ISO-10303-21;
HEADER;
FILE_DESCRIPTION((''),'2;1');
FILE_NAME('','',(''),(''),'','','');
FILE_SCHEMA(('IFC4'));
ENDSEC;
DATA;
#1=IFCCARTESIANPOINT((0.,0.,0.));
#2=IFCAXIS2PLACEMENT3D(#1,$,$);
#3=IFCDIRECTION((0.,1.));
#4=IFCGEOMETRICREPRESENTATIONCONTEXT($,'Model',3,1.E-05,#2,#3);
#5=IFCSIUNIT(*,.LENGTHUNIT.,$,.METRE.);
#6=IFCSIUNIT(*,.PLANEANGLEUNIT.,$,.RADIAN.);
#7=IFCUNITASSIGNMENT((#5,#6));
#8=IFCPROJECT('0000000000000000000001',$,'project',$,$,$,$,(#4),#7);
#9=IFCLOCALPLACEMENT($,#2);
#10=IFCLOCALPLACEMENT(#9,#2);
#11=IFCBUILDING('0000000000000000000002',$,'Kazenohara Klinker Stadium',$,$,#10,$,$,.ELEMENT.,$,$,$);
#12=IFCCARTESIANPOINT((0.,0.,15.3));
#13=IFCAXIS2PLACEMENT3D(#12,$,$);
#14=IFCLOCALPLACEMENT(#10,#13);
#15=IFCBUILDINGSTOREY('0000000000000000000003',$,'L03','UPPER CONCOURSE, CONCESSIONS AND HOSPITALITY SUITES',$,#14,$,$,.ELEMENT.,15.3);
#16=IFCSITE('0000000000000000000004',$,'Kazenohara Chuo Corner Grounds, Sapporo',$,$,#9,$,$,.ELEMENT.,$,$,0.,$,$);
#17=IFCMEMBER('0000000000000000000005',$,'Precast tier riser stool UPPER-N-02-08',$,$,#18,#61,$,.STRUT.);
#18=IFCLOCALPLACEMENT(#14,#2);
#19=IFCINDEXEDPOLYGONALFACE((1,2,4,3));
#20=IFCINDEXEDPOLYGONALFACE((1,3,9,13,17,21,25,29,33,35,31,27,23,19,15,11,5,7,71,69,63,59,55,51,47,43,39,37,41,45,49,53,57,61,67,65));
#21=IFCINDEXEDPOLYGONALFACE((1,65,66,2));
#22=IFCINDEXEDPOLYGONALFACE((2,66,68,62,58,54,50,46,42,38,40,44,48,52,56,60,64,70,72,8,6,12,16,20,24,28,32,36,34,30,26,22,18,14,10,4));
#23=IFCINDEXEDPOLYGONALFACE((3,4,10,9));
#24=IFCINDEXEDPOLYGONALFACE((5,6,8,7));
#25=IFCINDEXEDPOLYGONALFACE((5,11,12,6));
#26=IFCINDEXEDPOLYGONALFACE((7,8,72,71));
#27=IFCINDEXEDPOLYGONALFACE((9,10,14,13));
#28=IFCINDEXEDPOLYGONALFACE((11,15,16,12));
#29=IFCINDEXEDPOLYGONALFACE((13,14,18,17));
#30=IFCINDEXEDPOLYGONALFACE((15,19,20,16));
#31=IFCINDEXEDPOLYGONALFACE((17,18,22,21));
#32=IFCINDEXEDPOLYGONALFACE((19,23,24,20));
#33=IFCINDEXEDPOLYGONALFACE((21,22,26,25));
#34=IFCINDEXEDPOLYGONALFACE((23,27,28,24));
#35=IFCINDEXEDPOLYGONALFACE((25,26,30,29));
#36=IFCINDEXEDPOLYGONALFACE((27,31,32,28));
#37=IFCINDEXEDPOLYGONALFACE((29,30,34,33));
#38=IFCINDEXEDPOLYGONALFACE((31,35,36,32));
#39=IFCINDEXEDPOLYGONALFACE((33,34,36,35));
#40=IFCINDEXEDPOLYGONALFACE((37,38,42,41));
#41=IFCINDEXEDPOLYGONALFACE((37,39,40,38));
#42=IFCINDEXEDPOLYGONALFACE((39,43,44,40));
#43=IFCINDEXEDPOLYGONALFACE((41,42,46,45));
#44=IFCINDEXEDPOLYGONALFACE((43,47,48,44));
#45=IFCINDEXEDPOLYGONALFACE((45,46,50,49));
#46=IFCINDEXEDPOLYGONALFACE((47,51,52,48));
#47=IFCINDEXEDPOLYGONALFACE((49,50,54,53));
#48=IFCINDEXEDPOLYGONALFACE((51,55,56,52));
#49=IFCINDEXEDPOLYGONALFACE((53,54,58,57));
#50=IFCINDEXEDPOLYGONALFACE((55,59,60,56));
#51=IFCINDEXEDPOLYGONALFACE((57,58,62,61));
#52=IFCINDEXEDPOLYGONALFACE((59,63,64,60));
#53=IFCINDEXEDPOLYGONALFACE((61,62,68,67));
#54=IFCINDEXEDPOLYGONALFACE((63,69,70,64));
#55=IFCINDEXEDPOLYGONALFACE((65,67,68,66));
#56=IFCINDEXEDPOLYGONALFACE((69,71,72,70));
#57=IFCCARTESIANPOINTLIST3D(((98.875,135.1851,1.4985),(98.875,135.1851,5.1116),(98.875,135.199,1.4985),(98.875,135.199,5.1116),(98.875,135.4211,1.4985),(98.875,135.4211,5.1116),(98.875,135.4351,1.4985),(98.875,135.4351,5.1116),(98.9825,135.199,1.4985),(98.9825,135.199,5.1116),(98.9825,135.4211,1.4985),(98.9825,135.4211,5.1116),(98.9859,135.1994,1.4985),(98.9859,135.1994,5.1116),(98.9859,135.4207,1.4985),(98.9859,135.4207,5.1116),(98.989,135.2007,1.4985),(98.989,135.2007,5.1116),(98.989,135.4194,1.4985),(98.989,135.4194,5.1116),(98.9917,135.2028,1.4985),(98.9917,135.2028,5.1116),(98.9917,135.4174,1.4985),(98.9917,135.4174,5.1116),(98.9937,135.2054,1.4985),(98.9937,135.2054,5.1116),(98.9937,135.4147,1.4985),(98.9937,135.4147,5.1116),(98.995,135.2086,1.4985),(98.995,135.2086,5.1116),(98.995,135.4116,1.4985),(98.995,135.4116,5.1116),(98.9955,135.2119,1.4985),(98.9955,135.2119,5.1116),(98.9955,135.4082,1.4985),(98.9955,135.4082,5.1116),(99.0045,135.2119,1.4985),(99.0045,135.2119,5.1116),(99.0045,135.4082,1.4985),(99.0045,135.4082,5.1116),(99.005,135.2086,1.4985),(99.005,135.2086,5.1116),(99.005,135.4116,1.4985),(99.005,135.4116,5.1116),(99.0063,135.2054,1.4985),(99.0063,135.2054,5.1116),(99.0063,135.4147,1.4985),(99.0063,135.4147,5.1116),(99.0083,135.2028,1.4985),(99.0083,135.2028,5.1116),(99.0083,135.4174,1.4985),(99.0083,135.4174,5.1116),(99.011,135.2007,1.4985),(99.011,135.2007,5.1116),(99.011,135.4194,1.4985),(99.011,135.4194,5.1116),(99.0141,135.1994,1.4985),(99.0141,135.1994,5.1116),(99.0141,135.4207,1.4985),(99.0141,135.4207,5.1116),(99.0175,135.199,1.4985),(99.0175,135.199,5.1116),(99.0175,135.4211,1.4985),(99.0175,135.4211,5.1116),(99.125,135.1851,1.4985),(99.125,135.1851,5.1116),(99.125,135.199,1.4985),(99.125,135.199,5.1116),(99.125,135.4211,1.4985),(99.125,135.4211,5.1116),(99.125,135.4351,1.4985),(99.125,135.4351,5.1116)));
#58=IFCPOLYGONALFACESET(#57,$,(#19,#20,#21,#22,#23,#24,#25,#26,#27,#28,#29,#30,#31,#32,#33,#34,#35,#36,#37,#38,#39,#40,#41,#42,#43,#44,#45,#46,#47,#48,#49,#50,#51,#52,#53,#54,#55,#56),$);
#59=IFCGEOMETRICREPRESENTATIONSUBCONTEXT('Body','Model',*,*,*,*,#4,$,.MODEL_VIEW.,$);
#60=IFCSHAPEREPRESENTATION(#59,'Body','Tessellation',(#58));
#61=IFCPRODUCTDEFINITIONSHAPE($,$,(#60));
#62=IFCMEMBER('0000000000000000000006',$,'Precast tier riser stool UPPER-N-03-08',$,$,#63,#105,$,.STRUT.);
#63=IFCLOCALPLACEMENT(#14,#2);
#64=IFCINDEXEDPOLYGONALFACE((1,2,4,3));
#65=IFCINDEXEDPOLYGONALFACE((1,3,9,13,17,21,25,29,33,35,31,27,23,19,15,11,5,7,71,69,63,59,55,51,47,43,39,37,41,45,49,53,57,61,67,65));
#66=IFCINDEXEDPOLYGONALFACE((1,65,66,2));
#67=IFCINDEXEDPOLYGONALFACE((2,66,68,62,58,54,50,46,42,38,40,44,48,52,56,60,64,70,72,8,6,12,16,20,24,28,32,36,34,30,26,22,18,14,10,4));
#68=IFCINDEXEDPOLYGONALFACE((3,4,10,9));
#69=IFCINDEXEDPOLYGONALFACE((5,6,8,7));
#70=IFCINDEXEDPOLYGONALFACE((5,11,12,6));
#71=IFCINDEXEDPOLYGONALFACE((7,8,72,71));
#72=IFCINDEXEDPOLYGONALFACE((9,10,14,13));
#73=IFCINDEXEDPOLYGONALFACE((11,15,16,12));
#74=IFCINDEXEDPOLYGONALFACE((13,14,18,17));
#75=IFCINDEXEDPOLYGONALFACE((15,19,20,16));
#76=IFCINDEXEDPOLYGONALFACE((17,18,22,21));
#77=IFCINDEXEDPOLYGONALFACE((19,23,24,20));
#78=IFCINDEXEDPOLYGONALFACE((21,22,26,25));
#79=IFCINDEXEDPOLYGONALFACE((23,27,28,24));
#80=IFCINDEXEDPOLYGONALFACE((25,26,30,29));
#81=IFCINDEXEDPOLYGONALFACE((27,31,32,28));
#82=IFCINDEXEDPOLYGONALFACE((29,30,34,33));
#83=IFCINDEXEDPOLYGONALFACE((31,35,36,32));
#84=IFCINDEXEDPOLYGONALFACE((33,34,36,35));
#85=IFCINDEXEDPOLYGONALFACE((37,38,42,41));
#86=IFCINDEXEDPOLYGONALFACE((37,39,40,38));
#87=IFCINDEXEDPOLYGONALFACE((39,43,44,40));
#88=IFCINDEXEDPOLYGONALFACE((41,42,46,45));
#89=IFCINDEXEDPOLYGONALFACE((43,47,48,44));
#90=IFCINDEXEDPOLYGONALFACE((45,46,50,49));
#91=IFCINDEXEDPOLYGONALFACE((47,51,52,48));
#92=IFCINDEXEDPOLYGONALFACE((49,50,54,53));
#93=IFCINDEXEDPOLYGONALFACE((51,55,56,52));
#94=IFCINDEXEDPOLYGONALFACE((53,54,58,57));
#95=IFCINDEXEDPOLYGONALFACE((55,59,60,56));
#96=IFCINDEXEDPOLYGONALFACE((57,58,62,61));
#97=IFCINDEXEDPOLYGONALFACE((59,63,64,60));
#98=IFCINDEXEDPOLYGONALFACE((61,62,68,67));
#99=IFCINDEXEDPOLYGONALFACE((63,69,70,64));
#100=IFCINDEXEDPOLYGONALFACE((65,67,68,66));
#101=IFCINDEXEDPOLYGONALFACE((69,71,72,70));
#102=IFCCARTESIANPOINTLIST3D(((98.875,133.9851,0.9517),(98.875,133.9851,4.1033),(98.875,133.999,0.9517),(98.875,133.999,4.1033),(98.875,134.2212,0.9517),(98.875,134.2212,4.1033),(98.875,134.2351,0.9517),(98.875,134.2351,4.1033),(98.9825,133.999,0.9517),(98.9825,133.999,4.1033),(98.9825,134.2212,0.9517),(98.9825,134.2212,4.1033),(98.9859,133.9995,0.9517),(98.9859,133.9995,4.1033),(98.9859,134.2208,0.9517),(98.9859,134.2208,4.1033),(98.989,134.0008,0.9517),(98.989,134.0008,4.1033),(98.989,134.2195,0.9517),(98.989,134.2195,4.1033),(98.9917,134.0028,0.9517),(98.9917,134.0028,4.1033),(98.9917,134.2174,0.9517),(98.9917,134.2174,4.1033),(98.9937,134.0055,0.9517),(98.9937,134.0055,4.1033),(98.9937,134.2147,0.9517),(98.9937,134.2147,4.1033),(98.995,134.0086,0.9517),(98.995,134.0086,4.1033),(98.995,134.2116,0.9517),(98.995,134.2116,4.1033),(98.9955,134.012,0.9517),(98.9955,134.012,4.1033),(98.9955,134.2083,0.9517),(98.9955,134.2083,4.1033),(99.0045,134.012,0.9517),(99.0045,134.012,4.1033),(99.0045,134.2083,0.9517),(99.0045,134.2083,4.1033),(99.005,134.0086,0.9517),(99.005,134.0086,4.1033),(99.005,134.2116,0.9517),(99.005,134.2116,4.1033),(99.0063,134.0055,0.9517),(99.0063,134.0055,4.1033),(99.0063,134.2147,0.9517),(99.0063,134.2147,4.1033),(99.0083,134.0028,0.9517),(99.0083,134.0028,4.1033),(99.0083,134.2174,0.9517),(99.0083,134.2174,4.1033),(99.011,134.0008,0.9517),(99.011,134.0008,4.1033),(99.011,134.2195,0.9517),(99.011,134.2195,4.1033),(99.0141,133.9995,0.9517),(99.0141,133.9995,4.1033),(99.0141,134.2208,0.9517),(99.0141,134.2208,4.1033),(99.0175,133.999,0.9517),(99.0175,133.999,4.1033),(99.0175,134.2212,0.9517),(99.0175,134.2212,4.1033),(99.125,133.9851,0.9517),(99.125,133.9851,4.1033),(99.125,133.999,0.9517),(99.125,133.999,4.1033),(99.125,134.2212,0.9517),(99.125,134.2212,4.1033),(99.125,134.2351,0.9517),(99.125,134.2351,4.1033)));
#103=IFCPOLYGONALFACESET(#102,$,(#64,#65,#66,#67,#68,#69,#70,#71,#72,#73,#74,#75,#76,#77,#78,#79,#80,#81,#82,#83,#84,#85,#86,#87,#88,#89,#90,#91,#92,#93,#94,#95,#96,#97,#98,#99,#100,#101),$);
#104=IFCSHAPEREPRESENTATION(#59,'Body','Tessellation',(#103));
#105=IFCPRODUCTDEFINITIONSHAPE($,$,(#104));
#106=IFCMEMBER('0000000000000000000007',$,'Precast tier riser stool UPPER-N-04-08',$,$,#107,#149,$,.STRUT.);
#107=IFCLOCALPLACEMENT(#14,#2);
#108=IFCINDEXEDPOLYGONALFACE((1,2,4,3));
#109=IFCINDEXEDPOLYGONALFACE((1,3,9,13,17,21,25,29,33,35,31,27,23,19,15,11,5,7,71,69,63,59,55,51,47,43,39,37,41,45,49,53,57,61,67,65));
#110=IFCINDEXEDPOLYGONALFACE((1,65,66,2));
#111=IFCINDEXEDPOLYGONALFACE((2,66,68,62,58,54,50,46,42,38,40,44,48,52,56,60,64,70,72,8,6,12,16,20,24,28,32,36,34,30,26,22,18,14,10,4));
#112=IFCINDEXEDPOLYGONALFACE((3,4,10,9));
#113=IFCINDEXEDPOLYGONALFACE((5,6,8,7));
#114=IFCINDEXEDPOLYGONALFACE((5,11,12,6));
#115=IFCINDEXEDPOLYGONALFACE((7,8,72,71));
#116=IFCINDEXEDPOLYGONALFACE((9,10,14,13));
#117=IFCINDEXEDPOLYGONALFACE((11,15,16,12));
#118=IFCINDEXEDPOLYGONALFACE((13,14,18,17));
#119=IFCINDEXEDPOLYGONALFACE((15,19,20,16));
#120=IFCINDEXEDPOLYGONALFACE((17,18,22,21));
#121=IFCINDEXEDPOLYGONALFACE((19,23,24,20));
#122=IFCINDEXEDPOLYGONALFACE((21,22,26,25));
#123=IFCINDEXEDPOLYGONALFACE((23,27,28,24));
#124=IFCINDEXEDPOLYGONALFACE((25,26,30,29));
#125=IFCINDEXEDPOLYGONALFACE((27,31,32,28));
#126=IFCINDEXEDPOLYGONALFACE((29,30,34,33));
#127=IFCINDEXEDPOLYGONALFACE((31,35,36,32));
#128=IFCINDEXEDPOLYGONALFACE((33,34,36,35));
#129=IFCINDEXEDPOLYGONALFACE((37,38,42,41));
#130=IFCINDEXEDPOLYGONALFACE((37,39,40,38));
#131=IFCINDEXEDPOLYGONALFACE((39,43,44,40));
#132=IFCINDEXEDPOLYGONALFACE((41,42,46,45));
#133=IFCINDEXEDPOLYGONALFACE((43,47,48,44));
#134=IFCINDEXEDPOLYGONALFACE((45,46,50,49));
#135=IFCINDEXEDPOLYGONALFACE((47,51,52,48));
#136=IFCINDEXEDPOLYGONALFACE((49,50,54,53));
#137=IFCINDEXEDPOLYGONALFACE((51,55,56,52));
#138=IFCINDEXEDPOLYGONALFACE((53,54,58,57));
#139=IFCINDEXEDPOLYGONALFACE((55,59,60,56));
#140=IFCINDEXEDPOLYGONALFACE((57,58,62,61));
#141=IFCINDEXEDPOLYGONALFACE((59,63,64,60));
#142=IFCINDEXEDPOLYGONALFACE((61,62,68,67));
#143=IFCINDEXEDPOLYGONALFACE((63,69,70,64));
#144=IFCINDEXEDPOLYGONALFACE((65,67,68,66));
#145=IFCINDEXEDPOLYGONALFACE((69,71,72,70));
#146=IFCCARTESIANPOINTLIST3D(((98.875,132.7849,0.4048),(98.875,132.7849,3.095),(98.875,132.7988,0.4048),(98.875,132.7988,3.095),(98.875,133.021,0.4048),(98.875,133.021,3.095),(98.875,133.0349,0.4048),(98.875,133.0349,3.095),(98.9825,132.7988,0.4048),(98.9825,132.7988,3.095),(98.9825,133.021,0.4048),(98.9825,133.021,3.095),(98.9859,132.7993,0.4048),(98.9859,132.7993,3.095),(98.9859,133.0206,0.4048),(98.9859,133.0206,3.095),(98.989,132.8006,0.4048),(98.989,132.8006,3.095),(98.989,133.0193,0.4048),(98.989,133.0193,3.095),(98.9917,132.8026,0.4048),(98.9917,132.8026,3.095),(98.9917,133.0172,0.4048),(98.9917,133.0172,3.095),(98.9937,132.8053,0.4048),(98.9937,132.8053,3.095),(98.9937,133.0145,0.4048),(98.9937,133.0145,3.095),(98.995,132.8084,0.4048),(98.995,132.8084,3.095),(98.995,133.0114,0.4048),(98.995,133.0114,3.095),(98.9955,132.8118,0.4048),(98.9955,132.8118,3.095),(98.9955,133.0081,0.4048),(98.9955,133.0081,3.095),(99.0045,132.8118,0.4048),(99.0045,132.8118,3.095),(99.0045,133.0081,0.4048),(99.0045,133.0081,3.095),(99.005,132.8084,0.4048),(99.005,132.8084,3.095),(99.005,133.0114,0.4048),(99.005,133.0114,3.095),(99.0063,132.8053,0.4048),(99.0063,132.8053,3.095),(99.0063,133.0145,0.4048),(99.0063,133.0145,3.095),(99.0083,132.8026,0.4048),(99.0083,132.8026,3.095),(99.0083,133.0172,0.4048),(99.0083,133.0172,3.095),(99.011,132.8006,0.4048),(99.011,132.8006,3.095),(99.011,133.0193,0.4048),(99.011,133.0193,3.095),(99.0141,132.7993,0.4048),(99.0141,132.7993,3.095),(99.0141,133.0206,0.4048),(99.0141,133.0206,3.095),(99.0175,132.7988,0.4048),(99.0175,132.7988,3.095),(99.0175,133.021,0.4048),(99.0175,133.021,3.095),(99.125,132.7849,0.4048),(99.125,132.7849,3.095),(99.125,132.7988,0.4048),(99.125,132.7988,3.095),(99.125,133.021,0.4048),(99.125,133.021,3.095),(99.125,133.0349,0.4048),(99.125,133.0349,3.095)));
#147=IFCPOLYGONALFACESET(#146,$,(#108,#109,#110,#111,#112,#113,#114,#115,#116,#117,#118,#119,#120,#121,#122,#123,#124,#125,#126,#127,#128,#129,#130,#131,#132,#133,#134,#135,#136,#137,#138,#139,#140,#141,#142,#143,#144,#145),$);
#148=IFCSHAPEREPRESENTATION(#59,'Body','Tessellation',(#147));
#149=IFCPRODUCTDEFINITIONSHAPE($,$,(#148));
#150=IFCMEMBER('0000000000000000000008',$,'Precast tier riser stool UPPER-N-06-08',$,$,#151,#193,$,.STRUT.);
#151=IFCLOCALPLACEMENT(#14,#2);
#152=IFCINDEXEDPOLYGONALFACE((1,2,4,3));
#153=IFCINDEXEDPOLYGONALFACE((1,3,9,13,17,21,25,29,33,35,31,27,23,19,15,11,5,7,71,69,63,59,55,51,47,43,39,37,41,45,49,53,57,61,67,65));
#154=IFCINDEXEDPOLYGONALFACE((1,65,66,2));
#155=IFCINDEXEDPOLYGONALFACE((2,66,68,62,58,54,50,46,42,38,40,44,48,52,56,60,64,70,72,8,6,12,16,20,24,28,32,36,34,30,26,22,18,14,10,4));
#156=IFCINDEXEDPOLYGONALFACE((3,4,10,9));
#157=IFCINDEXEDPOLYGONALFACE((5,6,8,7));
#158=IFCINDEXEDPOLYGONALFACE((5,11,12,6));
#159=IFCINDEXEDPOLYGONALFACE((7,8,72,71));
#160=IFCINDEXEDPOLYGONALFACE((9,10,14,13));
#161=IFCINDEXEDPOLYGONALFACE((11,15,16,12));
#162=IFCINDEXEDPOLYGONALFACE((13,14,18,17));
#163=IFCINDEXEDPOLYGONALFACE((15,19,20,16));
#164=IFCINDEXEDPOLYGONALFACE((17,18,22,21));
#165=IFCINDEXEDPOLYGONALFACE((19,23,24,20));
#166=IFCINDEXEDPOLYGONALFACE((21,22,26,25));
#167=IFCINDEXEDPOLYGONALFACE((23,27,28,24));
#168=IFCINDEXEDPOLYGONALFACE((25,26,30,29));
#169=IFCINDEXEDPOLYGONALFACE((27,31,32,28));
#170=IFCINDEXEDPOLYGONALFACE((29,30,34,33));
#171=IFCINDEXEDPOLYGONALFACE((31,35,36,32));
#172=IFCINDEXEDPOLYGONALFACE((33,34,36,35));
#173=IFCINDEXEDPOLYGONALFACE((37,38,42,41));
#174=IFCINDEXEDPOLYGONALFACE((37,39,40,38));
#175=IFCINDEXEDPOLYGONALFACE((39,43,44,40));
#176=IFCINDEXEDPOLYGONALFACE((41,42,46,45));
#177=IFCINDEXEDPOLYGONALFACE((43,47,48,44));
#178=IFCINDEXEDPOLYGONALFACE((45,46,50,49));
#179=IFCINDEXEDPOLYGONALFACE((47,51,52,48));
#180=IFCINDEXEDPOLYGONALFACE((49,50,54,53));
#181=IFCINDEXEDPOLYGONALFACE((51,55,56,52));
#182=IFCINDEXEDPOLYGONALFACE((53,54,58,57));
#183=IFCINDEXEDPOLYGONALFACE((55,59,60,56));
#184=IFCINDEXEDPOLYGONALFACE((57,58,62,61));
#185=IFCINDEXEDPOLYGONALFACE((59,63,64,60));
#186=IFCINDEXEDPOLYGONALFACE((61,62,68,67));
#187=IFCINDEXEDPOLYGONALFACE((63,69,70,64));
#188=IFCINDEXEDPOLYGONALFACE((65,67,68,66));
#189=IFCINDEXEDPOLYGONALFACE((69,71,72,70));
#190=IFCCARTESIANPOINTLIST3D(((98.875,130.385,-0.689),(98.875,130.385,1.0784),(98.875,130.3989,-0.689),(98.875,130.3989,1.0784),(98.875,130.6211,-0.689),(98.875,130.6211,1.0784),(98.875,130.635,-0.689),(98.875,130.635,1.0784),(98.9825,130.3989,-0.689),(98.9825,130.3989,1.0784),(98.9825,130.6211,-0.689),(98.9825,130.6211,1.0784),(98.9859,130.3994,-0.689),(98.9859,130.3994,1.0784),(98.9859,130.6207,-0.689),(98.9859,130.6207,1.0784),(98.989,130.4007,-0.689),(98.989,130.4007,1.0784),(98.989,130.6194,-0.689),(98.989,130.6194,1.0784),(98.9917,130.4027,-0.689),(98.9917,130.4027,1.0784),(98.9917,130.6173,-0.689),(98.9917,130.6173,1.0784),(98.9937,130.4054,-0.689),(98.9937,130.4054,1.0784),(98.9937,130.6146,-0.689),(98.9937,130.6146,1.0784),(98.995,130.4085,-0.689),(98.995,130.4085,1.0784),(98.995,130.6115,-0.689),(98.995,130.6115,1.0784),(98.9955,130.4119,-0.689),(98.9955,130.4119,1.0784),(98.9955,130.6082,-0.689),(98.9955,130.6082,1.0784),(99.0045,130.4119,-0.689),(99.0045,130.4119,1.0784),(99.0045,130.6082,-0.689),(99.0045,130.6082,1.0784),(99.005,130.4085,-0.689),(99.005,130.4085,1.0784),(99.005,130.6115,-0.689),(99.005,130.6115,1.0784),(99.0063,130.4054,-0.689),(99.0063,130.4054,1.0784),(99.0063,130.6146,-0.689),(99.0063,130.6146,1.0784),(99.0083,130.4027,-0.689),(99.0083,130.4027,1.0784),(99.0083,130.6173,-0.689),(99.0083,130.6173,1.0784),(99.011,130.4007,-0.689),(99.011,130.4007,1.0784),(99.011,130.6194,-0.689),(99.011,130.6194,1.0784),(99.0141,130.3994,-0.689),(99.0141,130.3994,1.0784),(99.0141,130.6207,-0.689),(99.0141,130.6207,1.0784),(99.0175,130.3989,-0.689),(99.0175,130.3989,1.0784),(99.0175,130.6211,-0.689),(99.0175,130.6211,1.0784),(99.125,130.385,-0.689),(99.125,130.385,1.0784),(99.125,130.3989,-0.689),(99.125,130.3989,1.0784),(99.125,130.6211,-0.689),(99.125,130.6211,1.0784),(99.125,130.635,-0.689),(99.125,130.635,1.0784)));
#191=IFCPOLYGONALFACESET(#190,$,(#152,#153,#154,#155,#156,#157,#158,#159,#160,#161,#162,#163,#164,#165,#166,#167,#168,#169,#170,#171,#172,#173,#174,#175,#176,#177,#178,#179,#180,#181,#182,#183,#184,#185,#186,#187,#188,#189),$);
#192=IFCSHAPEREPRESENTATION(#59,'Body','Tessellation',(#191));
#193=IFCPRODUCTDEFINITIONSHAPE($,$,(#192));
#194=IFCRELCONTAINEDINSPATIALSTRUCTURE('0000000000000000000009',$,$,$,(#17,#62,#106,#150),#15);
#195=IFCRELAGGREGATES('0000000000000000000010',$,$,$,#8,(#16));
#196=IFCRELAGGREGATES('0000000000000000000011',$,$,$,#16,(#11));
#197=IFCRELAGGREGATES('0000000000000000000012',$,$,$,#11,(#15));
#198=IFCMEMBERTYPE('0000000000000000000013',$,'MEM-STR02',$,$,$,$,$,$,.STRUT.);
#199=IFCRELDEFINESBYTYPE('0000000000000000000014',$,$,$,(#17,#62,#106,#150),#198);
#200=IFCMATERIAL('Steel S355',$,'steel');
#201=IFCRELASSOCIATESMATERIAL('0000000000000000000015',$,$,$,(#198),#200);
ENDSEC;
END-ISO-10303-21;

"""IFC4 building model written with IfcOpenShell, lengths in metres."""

from ifc_helpers import new_model, si_unit, direction, frame, origin, origin_2d, place, context, subcontext, project, spatial, i_section, extrude, material, material_profile, profile_set, type_object, element, save


model = new_model("IFC4")

# Units and contexts
model_context = context("Model", 3, precision=1e-05, world=origin(), true_north=direction((0.0, 1.0)))
body_context = subcontext(model_context, "Body", "Model", "MODEL_VIEW")
ifc_project = project(units=[si_unit("LENGTHUNIT", "METRE"), si_unit("PLANEANGLEUNIT", "RADIAN")], contexts=[model_context])

# Site, building, storey
site_placement = place(None, origin())
site = spatial("IfcSite", under=ifc_project, at=site_placement, Name="Kazenohara Chuo Corner Grounds, Sapporo", CompositionType="ELEMENT", RefElevation=0.0)
building_placement = place(site_placement, origin())
building = spatial("IfcBuilding", under=site, at=building_placement, Name="Kazenohara Klinker Stadium", CompositionType="ELEMENT")
storey_placement = place(building_placement, frame((0.0, 0.0, 15.3)))
storey = spatial("IfcBuildingStorey", under=building, at=storey_placement, Name="L03", Description="UPPER CONCOURSE, CONCESSIONS AND HOSPITALITY SUITES", CompositionType="ELEMENT", Elevation=15.3)

# Shared definitions
ifc_material_1 = material(Name="Steel S355", Category="steel")

# Members
ifc_material_profile_1 = material_profile(ifc_material_1, i_section(OverallWidth=0.25, OverallDepth=0.25, WebThickness=0.009, FlangeThickness=0.0139, FilletRadius=0.0129, at=origin_2d()), Name="H-250x250x9x14")
ifc_profile_set_1 = profile_set([ifc_material_profile_1], Name="Steel S355")
member_type = type_object("IfcMemberType", Name="MEM-STR02", PredefinedType="STRUT", material=ifc_profile_set_1)
member_1_placement = place(storey_placement, frame((99.0, 135.3101, 1.4985), z_axis=(0.0, 0.0, 1.0), x_axis=(1.0, 0.0, 0.0)))
element("IfcMember", 1, at=member_1_placement, inside=storey, type_object=member_type, Name="Precast tier riser stool UPPER-N-02-08", PredefinedType="STRUT", context=body_context, shape_type="SweptSolid", body=[
    extrude(i_section(OverallWidth=0.25, OverallDepth=0.25, WebThickness=0.009, FlangeThickness=0.0139, FilletRadius=0.0129, at=origin_2d()), origin(), (0.0, 0.0, 1.0), 3.613),
])
member_2_placement = place(storey_placement, frame((99.0, 134.1101, 0.9517), z_axis=(0.0, 0.0, 1.0), x_axis=(1.0, 0.0, 0.0)))
element("IfcMember", 2, at=member_2_placement, inside=storey, type_object=member_type, Name="Precast tier riser stool UPPER-N-03-08", PredefinedType="STRUT", context=body_context, shape_type="SweptSolid", body=[
    extrude(i_section(OverallWidth=0.25, OverallDepth=0.25, WebThickness=0.009, FlangeThickness=0.0139, FilletRadius=0.0129, at=origin_2d()), origin(), (0.0, 0.0, 1.0), 3.1516),
])
member_3_placement = place(storey_placement, frame((99.0, 132.9099, 0.4048), z_axis=(0.0, 0.0, 1.0), x_axis=(1.0, 0.0, 0.0)))
element("IfcMember", 3, at=member_3_placement, inside=storey, type_object=member_type, Name="Precast tier riser stool UPPER-N-04-08", PredefinedType="STRUT", context=body_context, shape_type="SweptSolid", body=[
    extrude(i_section(OverallWidth=0.25, OverallDepth=0.25, WebThickness=0.009, FlangeThickness=0.0139, FilletRadius=0.0129, at=origin_2d()), origin(), (0.0, 0.0, 1.0), 2.6902),
])
member_4_placement = place(storey_placement, frame((99.0, 130.51, -0.689), z_axis=(0.0, 0.0, 1.0), x_axis=(1.0, 0.0, 0.0)))
element("IfcMember", 4, at=member_4_placement, inside=storey, type_object=member_type, Name="Precast tier riser stool UPPER-N-06-08", PredefinedType="STRUT", context=body_context, shape_type="SweptSolid", body=[
    extrude(i_section(OverallWidth=0.25, OverallDepth=0.25, WebThickness=0.009, FlangeThickness=0.0139, FilletRadius=0.0129, at=origin_2d()), origin(), (0.0, 0.0, 1.0), 1.7673),
])

save(model, "model.ifc")
